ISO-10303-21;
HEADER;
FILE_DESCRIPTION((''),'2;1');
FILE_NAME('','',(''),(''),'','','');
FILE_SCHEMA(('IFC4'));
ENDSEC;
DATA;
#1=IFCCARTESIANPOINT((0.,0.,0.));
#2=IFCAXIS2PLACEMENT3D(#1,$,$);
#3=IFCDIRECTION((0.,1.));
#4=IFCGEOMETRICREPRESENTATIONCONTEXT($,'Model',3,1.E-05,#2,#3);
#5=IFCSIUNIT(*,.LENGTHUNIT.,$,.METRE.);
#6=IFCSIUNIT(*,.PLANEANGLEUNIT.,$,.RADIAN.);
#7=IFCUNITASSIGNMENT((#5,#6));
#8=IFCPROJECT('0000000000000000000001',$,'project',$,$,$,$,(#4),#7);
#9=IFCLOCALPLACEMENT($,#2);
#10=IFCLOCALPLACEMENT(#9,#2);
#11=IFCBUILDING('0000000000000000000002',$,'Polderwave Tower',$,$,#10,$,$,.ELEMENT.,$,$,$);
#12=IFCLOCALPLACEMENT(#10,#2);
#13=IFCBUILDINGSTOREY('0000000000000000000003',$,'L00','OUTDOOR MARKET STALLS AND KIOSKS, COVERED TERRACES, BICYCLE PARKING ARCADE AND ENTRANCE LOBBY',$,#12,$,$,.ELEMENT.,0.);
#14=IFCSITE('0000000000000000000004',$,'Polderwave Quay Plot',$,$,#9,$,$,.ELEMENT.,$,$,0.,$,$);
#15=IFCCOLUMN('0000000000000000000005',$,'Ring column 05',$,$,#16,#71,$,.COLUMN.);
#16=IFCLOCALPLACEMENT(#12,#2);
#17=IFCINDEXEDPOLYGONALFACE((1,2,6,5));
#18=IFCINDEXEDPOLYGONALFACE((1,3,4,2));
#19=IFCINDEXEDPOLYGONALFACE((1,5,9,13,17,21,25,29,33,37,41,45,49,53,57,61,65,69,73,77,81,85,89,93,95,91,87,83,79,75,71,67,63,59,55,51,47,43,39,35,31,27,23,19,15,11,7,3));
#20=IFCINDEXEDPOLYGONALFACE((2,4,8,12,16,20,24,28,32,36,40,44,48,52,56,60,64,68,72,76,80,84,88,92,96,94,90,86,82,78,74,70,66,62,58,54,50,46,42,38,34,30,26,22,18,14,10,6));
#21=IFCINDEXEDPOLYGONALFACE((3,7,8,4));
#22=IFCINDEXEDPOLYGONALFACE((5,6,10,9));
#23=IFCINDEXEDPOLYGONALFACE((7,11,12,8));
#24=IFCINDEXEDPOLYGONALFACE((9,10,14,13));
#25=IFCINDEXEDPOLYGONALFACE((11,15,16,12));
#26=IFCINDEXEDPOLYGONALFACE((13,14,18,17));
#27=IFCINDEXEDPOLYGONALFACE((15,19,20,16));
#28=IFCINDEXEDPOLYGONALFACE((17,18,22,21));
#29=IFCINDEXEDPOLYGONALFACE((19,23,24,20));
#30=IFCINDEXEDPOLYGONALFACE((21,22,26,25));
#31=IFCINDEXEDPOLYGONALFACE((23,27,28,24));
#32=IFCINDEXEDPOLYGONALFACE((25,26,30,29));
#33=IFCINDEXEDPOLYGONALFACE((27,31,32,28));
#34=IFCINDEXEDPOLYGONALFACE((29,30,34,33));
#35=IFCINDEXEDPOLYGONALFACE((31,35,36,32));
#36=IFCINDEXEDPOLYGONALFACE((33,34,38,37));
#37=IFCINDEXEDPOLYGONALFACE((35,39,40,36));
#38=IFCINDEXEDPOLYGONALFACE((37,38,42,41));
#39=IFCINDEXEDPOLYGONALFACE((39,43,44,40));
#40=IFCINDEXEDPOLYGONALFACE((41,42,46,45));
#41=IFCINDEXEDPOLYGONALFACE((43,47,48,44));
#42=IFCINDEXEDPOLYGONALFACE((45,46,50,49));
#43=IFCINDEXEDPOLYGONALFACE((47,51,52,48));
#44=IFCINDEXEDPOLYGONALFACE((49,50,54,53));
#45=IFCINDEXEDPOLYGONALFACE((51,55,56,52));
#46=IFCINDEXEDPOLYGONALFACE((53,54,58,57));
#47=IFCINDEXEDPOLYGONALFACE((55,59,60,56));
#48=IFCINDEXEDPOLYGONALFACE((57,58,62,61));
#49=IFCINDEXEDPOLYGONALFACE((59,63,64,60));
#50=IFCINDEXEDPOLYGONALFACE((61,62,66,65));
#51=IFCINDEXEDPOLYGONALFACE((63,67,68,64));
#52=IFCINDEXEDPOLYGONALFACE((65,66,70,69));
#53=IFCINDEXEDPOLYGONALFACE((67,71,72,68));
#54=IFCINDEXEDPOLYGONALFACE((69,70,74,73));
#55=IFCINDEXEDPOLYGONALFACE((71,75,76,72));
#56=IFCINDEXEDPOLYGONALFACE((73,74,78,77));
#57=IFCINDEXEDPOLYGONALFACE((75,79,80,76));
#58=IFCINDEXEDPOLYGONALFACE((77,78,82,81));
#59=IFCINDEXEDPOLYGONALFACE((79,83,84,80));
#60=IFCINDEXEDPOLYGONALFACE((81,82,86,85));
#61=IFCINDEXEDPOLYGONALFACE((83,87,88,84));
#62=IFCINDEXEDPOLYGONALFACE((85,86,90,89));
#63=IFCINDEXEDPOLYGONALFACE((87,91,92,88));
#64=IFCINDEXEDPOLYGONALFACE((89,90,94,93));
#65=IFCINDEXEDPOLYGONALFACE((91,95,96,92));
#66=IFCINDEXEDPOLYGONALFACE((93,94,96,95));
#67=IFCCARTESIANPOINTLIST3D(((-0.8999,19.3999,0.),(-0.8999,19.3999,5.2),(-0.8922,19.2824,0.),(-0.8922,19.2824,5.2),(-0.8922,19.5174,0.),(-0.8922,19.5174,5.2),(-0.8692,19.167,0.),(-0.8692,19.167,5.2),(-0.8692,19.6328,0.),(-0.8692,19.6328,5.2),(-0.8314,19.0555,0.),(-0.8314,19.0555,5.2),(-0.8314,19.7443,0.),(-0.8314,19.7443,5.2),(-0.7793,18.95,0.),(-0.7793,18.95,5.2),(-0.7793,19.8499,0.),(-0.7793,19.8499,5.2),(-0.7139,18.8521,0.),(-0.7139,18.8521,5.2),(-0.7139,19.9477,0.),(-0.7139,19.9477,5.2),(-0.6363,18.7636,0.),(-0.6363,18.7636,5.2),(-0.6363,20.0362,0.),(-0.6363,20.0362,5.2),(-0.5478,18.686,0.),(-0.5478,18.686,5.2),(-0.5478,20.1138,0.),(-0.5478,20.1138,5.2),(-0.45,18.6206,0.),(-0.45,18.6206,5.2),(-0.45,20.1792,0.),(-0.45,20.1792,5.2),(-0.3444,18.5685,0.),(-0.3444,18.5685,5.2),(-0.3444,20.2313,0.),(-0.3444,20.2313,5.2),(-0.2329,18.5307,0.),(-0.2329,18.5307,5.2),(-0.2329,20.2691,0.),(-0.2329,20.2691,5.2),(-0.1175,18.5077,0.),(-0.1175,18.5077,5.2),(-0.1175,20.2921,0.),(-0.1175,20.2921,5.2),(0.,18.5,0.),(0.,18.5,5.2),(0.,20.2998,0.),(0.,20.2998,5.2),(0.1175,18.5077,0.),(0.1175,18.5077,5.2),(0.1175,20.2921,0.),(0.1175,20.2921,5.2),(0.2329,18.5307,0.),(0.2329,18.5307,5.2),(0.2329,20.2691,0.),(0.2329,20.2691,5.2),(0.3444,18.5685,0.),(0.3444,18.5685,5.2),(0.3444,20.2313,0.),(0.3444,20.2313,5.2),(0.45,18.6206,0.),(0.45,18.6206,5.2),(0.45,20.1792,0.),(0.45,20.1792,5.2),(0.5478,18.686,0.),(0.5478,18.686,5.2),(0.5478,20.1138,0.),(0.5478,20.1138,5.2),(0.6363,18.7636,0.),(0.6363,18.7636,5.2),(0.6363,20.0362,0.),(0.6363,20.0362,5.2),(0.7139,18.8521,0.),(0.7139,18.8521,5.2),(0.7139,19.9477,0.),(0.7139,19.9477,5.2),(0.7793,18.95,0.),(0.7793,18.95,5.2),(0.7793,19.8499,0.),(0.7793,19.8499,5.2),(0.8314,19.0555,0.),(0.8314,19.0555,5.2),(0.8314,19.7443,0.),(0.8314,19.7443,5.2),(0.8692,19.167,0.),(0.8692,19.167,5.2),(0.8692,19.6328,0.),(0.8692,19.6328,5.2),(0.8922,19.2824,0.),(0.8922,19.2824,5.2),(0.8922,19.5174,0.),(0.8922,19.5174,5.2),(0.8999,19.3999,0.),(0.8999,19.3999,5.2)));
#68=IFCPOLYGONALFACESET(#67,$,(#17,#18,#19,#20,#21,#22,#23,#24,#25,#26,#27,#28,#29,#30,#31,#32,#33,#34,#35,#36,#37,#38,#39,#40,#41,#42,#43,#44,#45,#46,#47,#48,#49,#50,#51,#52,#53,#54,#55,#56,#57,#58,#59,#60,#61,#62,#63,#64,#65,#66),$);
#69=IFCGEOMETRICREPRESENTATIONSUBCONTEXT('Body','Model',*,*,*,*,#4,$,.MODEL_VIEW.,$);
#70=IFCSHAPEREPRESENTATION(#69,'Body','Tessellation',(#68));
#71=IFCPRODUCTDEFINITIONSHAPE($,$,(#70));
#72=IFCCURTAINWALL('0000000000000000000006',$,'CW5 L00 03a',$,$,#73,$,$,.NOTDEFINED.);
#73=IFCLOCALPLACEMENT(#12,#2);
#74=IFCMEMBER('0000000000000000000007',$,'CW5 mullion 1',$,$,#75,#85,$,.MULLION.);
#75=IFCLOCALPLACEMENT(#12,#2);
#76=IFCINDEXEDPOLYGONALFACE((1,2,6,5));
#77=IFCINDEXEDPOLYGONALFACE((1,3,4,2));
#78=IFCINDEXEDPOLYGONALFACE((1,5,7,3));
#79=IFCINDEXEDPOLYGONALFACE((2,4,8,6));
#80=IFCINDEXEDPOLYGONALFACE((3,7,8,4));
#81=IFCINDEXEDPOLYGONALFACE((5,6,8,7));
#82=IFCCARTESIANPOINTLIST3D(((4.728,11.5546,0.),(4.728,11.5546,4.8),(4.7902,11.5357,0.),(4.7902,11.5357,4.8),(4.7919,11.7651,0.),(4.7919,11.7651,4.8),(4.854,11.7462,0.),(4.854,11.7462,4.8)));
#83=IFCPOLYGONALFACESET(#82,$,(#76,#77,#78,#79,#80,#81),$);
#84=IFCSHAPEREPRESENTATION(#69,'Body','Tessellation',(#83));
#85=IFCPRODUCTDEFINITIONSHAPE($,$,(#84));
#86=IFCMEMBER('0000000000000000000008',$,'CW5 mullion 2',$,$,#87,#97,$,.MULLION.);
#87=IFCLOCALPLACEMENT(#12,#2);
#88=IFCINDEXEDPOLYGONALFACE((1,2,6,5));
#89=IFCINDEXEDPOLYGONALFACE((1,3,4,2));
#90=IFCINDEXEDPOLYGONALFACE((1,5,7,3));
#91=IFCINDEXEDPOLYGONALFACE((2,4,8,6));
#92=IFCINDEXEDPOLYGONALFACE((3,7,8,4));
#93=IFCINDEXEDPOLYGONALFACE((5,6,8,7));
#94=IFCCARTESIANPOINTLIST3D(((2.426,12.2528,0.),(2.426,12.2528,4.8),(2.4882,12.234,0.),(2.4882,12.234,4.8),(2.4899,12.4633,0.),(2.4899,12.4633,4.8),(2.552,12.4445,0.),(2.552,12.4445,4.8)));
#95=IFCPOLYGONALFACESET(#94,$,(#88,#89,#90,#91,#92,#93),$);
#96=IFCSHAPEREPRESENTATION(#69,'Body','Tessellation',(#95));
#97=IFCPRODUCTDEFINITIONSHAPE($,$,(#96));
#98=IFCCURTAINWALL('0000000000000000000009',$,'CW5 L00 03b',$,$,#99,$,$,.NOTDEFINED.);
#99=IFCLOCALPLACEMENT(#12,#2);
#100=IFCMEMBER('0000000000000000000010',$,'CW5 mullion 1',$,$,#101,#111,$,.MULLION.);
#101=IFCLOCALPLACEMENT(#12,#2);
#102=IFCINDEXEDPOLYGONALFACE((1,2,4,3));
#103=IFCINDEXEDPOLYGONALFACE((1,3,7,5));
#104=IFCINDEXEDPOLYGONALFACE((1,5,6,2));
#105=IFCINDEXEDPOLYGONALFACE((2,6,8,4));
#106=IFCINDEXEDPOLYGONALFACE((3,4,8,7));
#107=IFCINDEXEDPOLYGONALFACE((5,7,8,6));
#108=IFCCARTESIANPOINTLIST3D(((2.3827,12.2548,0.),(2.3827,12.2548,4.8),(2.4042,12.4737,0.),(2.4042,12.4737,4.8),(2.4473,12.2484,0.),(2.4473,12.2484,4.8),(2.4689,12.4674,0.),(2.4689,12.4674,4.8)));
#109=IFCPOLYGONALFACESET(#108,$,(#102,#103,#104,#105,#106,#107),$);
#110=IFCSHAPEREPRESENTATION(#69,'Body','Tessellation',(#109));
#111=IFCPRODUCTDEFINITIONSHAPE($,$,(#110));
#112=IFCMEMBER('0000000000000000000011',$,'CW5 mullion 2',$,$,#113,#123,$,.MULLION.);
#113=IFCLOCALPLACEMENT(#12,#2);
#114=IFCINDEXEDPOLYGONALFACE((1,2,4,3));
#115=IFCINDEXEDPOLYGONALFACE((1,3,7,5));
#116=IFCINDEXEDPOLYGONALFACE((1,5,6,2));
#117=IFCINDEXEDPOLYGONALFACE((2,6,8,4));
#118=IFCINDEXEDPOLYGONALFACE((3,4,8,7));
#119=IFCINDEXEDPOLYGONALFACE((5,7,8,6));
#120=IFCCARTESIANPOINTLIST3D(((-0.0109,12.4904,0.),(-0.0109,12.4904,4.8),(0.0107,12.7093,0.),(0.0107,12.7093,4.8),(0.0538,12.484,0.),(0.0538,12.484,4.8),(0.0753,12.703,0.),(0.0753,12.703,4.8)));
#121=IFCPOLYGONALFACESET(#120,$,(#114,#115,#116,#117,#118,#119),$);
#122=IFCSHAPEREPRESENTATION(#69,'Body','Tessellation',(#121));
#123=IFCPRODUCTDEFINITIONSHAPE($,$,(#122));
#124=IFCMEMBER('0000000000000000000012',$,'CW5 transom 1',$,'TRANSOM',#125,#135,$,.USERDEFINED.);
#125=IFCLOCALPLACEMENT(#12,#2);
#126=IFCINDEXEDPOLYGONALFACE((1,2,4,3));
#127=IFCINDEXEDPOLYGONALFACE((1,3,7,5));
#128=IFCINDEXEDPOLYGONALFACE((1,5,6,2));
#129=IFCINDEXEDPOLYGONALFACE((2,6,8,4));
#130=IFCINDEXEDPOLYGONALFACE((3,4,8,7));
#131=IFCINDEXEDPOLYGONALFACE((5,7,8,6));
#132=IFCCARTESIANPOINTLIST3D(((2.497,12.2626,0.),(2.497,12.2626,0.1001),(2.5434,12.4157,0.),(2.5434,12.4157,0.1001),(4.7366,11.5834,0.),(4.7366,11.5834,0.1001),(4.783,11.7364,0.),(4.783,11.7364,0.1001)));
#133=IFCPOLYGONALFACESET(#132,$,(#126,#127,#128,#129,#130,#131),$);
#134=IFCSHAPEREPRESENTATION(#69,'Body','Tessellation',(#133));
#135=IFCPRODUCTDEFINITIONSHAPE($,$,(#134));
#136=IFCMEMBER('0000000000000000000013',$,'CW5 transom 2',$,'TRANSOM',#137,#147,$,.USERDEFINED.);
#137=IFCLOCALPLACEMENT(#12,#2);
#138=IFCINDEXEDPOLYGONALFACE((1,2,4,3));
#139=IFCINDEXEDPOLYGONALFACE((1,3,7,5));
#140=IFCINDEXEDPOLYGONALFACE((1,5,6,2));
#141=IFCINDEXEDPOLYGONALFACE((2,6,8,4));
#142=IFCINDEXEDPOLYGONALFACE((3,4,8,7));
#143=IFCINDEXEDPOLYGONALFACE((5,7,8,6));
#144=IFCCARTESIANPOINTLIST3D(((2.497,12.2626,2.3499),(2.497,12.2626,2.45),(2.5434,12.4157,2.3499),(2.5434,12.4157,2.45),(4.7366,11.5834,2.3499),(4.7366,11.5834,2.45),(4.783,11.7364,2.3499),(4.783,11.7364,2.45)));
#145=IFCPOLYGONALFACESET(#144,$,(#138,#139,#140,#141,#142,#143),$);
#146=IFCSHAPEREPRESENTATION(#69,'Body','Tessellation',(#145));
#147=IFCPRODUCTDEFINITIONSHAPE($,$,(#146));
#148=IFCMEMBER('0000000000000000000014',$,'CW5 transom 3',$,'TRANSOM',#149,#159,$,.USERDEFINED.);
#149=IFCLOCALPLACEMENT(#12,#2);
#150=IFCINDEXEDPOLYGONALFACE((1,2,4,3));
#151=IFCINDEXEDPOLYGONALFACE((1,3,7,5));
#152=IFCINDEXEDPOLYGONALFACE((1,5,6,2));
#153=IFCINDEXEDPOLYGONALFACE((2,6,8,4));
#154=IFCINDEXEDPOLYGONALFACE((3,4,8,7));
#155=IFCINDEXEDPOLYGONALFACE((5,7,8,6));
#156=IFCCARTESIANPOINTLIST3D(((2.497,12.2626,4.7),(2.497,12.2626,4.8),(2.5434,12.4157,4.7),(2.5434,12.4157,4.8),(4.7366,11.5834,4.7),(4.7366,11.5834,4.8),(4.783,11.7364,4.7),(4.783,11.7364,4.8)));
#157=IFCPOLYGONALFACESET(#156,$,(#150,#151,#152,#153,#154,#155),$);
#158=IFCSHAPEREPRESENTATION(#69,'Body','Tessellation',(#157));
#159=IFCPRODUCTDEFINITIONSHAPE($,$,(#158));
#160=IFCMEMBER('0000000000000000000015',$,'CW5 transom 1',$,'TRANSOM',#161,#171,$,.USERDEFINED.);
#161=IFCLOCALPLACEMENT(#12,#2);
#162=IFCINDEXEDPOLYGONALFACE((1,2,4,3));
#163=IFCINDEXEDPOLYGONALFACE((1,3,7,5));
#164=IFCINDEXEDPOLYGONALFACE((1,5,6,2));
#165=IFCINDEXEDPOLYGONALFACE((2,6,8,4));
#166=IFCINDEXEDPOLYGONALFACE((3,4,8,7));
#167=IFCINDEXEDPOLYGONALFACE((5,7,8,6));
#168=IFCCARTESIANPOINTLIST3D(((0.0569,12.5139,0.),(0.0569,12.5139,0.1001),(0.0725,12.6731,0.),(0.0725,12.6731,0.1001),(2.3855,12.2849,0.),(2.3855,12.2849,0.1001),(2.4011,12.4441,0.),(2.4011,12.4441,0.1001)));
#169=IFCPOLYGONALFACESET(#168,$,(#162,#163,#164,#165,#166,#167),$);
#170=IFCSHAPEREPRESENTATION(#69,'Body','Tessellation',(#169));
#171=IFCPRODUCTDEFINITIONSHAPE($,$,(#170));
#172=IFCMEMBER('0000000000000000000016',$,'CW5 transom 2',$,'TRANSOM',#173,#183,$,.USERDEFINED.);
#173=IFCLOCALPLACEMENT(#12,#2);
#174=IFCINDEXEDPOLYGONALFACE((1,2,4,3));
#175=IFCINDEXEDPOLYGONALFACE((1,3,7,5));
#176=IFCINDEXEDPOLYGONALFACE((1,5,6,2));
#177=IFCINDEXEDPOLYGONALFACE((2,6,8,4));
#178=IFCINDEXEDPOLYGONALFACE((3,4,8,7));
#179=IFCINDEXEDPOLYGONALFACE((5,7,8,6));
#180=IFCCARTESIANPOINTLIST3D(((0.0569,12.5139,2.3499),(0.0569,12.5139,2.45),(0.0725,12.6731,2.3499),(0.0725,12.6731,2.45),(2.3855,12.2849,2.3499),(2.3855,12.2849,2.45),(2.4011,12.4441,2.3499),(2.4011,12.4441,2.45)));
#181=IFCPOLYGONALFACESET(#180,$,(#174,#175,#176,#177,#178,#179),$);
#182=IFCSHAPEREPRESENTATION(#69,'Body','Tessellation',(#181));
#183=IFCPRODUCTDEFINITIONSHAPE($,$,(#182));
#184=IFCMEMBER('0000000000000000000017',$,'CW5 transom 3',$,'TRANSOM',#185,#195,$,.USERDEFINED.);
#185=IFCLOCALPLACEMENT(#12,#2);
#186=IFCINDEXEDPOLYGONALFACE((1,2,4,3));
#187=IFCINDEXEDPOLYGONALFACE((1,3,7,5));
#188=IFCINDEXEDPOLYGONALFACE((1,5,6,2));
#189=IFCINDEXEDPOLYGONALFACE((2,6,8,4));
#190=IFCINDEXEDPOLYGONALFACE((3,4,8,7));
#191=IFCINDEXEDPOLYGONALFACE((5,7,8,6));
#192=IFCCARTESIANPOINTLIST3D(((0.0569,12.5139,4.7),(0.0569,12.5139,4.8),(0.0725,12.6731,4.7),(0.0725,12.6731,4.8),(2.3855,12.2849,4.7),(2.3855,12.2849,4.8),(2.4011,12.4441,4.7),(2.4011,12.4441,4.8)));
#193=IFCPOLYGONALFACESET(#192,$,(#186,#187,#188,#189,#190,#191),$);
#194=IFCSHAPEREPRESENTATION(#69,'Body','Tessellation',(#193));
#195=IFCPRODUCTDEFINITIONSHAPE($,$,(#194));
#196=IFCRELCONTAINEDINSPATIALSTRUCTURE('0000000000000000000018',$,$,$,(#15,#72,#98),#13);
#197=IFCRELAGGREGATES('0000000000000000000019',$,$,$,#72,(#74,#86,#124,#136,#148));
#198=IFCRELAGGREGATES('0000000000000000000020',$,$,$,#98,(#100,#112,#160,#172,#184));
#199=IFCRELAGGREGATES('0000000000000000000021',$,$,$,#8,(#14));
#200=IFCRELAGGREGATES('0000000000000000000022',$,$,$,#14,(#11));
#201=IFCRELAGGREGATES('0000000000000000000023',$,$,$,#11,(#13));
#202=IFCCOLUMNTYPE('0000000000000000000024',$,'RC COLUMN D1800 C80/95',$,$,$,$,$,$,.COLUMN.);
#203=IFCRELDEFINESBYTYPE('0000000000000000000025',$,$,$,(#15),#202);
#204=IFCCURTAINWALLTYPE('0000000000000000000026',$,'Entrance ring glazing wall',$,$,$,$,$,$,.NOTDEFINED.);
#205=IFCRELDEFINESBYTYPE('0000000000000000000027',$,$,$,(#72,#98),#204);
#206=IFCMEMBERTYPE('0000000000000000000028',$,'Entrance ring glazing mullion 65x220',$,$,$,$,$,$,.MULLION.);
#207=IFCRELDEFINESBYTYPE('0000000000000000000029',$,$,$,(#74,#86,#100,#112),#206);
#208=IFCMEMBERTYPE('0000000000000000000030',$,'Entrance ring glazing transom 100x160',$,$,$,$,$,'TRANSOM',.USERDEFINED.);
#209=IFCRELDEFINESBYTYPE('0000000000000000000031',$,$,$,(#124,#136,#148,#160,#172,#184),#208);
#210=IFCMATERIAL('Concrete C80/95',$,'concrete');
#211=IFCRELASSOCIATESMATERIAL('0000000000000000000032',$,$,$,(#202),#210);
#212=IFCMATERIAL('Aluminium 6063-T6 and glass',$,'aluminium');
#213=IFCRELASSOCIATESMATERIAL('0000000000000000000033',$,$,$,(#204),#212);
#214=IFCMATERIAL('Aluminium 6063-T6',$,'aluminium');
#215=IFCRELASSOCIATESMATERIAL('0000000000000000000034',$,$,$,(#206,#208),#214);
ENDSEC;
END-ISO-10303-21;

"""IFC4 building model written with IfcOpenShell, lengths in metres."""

from ifc_helpers import new_model, si_unit, direction, frame, origin, origin_2d, place, context, subcontext, project, spatial, rectangle, circle, extrude, material, material_profile, profile_set, type_object, element, aggregate, save


model = new_model("IFC4")

# Units and contexts
model_context = context("Model", 3, precision=1e-05, world=origin(), true_north=direction((0.0, 1.0)))
body_context = subcontext(model_context, "Body", "Model", "MODEL_VIEW")
ifc_project = project(units=[si_unit("LENGTHUNIT", "METRE"), si_unit("PLANEANGLEUNIT", "RADIAN")], contexts=[model_context])

# Site, building, storey
site_placement = place(None, origin())
site = spatial("IfcSite", under=ifc_project, at=site_placement, Name="Polderwave Quay Plot", CompositionType="ELEMENT", RefElevation=0.0)
building_placement = place(site_placement, origin())
building = spatial("IfcBuilding", under=site, at=building_placement, Name="Polderwave Tower", CompositionType="ELEMENT")
storey_placement = place(building_placement, origin())
storey = spatial("IfcBuildingStorey", under=building, at=storey_placement, Name="L00", Description="OUTDOOR MARKET STALLS AND KIOSKS, COVERED TERRACES, BICYCLE PARKING ARCADE AND ENTRANCE LOBBY", CompositionType="ELEMENT", Elevation=0.0)

# Column
ifc_material_1 = material(Name="Concrete C80/95", Category="concrete")
ifc_material_profile_1 = material_profile(ifc_material_1, circle(Radius=0.8999, at=origin_2d()), Name="RC D1800")
ifc_profile_set_1 = profile_set([ifc_material_profile_1], Name="Concrete C80/95")
column_type = type_object("IfcColumnType", Name="RC COLUMN D1800 C80/95", PredefinedType="COLUMN", material=ifc_profile_set_1)
column_placement = place(storey_placement, frame((0.0, 19.3999, 0.0), z_axis=(0.0, 0.0, 1.0), x_axis=(0.0, 1.0, 0.0)))
element("IfcColumn", 1, at=column_placement, inside=storey, type_object=column_type, Name="Ring column 05", PredefinedType="COLUMN", context=body_context, shape_type="SweptSolid", body=[
    extrude(circle(Radius=0.8999, at=origin_2d()), origin(), (0.0, 0.0, 1.0), 5.2),
])

# Curtain walls, members
ifc_material_2 = material(Name="Aluminium 6063-T6 and glass", Category="aluminium")
curtain_wall_type = type_object("IfcCurtainWallType", Name="Entrance ring glazing wall", PredefinedType="NOTDEFINED", material=ifc_material_2)
curtain_wall_1_placement = place(storey_placement, origin())
curtain_wall_1 = element("IfcCurtainWall", 2, at=curtain_wall_1_placement, inside=storey, type_object=curtain_wall_type, Name="CW5 L00 03a", PredefinedType="NOTDEFINED")
ifc_material_3 = material(Name="Aluminium 6063-T6", Category="aluminium")
ifc_material_profile_2 = material_profile(ifc_material_3, rectangle(XDim=0.22, YDim=0.0649, at=origin_2d()), Name="AL 65x220")
ifc_profile_set_2 = profile_set([ifc_material_profile_2], Name="Aluminium 6063-T6")
member_type_1 = type_object("IfcMemberType", Name="Entrance ring glazing mullion 65x220", PredefinedType="MULLION", material=ifc_profile_set_2)
member_1_placement = place(storey_placement, frame((4.791, 11.6504, 0.0), z_axis=(0.0, 0.0, 1.0), x_axis=(-0.290243, -0.956953, 0.0)))
member_1 = element("IfcMember", 3, at=member_1_placement, type_object=member_type_1, Name="CW5 mullion 1", PredefinedType="MULLION", context=body_context, shape_type="SweptSolid", body=[
    extrude(rectangle(XDim=0.22, YDim=0.0649, at=origin_2d()), origin(), (0.0, 0.0, 1.0), 4.8),
])
member_2_placement = place(storey_placement, frame((2.489, 12.3486, 0.0), z_axis=(0.0, 0.0, 1.0), x_axis=(-0.290243, -0.956953, 0.0)))
member_2 = element("IfcMember", 4, at=member_2_placement, type_object=member_type_1, Name="CW5 mullion 2", PredefinedType="MULLION", context=body_context, shape_type="SweptSolid", body=[
    extrude(rectangle(XDim=0.22, YDim=0.0649, at=origin_2d()), origin(), (0.0, 0.0, 1.0), 4.8),
])
curtain_wall_2_placement = place(storey_placement, origin())
curtain_wall_2 = element("IfcCurtainWall", 5, at=curtain_wall_2_placement, inside=storey, type_object=curtain_wall_type, Name="CW5 L00 03b", PredefinedType="NOTDEFINED")
member_3_placement = place(storey_placement, frame((2.4258, 12.3611, 0.0), z_axis=(0.0, 0.0, 1.0), x_axis=(-0.097981, -0.995188, 0.0)))
member_3 = element("IfcMember", 6, at=member_3_placement, type_object=member_type_1, Name="CW5 mullion 1", PredefinedType="MULLION", context=body_context, shape_type="SweptSolid", body=[
    extrude(rectangle(XDim=0.22, YDim=0.0649, at=origin_2d()), origin(), (0.0, 0.0, 1.0), 4.8),
])
member_4_placement = place(storey_placement, frame((0.0322, 12.5967, 0.0), z_axis=(0.0, 0.0, 1.0), x_axis=(-0.097981, -0.995188, 0.0)))
member_4 = element("IfcMember", 7, at=member_4_placement, type_object=member_type_1, Name="CW5 mullion 2", PredefinedType="MULLION", context=body_context, shape_type="SweptSolid", body=[
    extrude(rectangle(XDim=0.22, YDim=0.0649, at=origin_2d()), origin(), (0.0, 0.0, 1.0), 4.8),
])

# Members
ifc_material_profile_3 = material_profile(ifc_material_3, rectangle(XDim=0.1599, YDim=0.1001, at=origin_2d()), Name="AL 100x160")
ifc_profile_set_3 = profile_set([ifc_material_profile_3], Name="Aluminium 6063-T6")
member_type_2 = type_object("IfcMemberType", Name="Entrance ring glazing transom 100x160", ElementType="TRANSOM", PredefinedType="USERDEFINED", material=ifc_profile_set_3)
member_5_placement = place(storey_placement, frame((4.7598, 11.6599, 0.05), z_axis=(-0.956958, 0.290227, 0.0), x_axis=(-0.290227, -0.956958, 0.0)))
member_5 = element("IfcMember", 8, at=member_5_placement, type_object=member_type_2, Name="CW5 transom 1", ObjectType="TRANSOM", PredefinedType="USERDEFINED", context=body_context, shape_type="SweptSolid", body=[
    extrude(rectangle(XDim=0.1599, YDim=0.1001, at=origin_2d()), origin(), (0.0, 0.0, 1.0), 2.3403),
])
member_6_placement = place(storey_placement, frame((4.7598, 11.6599, 2.3999), z_axis=(-0.956958, 0.290227, 0.0), x_axis=(-0.290227, -0.956958, 0.0)))
member_6 = element("IfcMember", 9, at=member_6_placement, type_object=member_type_2, Name="CW5 transom 2", ObjectType="TRANSOM", PredefinedType="USERDEFINED", context=body_context, shape_type="SweptSolid", body=[
    extrude(rectangle(XDim=0.1599, YDim=0.1001, at=origin_2d()), origin(), (0.0, 0.0, 1.0), 2.3403),
])
member_7_placement = place(storey_placement, frame((4.7598, 11.6599, 4.75), z_axis=(-0.956958, 0.290227, 0.0), x_axis=(-0.290227, -0.956958, 0.0)))
member_7 = element("IfcMember", 10, at=member_7_placement, type_object=member_type_2, Name="CW5 transom 3", ObjectType="TRANSOM", PredefinedType="USERDEFINED", context=body_context, shape_type="SweptSolid", body=[
    extrude(rectangle(XDim=0.1599, YDim=0.1001, at=origin_2d()), origin(), (0.0, 0.0, 1.0), 2.3403),
])
member_8_placement = place(storey_placement, frame((2.3933, 12.3645, 0.05), z_axis=(-0.995199, 0.097871, 0.0), x_axis=(-0.097871, -0.995199, 0.0)))
member_8 = element("IfcMember", 11, at=member_8_placement, type_object=member_type_2, Name="CW5 transom 1", ObjectType="TRANSOM", PredefinedType="USERDEFINED", context=body_context, shape_type="SweptSolid", body=[
    extrude(rectangle(XDim=0.1599, YDim=0.1001, at=origin_2d()), origin(), (0.0, 0.0, 1.0), 2.3398),
])
member_9_placement = place(storey_placement, frame((2.3933, 12.3645, 2.3999), z_axis=(-0.995199, 0.097871, 0.0), x_axis=(-0.097871, -0.995199, 0.0)))
member_9 = element("IfcMember", 12, at=member_9_placement, type_object=member_type_2, Name="CW5 transom 2", ObjectType="TRANSOM", PredefinedType="USERDEFINED", context=body_context, shape_type="SweptSolid", body=[
    extrude(rectangle(XDim=0.1599, YDim=0.1001, at=origin_2d()), origin(), (0.0, 0.0, 1.0), 2.3398),
])
member_10_placement = place(storey_placement, frame((2.3933, 12.3645, 4.75), z_axis=(-0.995199, 0.097871, 0.0), x_axis=(-0.097871, -0.995199, 0.0)))
member_10 = element("IfcMember", 13, at=member_10_placement, type_object=member_type_2, Name="CW5 transom 3", ObjectType="TRANSOM", PredefinedType="USERDEFINED", context=body_context, shape_type="SweptSolid", body=[
    extrude(rectangle(XDim=0.1599, YDim=0.1001, at=origin_2d()), origin(), (0.0, 0.0, 1.0), 2.3398),
])

aggregate(curtain_wall_1, [member_1, member_2, member_5, member_6, member_7])
aggregate(curtain_wall_2, [member_3, member_4, member_8, member_9, member_10])

save(model, "model.ifc")
